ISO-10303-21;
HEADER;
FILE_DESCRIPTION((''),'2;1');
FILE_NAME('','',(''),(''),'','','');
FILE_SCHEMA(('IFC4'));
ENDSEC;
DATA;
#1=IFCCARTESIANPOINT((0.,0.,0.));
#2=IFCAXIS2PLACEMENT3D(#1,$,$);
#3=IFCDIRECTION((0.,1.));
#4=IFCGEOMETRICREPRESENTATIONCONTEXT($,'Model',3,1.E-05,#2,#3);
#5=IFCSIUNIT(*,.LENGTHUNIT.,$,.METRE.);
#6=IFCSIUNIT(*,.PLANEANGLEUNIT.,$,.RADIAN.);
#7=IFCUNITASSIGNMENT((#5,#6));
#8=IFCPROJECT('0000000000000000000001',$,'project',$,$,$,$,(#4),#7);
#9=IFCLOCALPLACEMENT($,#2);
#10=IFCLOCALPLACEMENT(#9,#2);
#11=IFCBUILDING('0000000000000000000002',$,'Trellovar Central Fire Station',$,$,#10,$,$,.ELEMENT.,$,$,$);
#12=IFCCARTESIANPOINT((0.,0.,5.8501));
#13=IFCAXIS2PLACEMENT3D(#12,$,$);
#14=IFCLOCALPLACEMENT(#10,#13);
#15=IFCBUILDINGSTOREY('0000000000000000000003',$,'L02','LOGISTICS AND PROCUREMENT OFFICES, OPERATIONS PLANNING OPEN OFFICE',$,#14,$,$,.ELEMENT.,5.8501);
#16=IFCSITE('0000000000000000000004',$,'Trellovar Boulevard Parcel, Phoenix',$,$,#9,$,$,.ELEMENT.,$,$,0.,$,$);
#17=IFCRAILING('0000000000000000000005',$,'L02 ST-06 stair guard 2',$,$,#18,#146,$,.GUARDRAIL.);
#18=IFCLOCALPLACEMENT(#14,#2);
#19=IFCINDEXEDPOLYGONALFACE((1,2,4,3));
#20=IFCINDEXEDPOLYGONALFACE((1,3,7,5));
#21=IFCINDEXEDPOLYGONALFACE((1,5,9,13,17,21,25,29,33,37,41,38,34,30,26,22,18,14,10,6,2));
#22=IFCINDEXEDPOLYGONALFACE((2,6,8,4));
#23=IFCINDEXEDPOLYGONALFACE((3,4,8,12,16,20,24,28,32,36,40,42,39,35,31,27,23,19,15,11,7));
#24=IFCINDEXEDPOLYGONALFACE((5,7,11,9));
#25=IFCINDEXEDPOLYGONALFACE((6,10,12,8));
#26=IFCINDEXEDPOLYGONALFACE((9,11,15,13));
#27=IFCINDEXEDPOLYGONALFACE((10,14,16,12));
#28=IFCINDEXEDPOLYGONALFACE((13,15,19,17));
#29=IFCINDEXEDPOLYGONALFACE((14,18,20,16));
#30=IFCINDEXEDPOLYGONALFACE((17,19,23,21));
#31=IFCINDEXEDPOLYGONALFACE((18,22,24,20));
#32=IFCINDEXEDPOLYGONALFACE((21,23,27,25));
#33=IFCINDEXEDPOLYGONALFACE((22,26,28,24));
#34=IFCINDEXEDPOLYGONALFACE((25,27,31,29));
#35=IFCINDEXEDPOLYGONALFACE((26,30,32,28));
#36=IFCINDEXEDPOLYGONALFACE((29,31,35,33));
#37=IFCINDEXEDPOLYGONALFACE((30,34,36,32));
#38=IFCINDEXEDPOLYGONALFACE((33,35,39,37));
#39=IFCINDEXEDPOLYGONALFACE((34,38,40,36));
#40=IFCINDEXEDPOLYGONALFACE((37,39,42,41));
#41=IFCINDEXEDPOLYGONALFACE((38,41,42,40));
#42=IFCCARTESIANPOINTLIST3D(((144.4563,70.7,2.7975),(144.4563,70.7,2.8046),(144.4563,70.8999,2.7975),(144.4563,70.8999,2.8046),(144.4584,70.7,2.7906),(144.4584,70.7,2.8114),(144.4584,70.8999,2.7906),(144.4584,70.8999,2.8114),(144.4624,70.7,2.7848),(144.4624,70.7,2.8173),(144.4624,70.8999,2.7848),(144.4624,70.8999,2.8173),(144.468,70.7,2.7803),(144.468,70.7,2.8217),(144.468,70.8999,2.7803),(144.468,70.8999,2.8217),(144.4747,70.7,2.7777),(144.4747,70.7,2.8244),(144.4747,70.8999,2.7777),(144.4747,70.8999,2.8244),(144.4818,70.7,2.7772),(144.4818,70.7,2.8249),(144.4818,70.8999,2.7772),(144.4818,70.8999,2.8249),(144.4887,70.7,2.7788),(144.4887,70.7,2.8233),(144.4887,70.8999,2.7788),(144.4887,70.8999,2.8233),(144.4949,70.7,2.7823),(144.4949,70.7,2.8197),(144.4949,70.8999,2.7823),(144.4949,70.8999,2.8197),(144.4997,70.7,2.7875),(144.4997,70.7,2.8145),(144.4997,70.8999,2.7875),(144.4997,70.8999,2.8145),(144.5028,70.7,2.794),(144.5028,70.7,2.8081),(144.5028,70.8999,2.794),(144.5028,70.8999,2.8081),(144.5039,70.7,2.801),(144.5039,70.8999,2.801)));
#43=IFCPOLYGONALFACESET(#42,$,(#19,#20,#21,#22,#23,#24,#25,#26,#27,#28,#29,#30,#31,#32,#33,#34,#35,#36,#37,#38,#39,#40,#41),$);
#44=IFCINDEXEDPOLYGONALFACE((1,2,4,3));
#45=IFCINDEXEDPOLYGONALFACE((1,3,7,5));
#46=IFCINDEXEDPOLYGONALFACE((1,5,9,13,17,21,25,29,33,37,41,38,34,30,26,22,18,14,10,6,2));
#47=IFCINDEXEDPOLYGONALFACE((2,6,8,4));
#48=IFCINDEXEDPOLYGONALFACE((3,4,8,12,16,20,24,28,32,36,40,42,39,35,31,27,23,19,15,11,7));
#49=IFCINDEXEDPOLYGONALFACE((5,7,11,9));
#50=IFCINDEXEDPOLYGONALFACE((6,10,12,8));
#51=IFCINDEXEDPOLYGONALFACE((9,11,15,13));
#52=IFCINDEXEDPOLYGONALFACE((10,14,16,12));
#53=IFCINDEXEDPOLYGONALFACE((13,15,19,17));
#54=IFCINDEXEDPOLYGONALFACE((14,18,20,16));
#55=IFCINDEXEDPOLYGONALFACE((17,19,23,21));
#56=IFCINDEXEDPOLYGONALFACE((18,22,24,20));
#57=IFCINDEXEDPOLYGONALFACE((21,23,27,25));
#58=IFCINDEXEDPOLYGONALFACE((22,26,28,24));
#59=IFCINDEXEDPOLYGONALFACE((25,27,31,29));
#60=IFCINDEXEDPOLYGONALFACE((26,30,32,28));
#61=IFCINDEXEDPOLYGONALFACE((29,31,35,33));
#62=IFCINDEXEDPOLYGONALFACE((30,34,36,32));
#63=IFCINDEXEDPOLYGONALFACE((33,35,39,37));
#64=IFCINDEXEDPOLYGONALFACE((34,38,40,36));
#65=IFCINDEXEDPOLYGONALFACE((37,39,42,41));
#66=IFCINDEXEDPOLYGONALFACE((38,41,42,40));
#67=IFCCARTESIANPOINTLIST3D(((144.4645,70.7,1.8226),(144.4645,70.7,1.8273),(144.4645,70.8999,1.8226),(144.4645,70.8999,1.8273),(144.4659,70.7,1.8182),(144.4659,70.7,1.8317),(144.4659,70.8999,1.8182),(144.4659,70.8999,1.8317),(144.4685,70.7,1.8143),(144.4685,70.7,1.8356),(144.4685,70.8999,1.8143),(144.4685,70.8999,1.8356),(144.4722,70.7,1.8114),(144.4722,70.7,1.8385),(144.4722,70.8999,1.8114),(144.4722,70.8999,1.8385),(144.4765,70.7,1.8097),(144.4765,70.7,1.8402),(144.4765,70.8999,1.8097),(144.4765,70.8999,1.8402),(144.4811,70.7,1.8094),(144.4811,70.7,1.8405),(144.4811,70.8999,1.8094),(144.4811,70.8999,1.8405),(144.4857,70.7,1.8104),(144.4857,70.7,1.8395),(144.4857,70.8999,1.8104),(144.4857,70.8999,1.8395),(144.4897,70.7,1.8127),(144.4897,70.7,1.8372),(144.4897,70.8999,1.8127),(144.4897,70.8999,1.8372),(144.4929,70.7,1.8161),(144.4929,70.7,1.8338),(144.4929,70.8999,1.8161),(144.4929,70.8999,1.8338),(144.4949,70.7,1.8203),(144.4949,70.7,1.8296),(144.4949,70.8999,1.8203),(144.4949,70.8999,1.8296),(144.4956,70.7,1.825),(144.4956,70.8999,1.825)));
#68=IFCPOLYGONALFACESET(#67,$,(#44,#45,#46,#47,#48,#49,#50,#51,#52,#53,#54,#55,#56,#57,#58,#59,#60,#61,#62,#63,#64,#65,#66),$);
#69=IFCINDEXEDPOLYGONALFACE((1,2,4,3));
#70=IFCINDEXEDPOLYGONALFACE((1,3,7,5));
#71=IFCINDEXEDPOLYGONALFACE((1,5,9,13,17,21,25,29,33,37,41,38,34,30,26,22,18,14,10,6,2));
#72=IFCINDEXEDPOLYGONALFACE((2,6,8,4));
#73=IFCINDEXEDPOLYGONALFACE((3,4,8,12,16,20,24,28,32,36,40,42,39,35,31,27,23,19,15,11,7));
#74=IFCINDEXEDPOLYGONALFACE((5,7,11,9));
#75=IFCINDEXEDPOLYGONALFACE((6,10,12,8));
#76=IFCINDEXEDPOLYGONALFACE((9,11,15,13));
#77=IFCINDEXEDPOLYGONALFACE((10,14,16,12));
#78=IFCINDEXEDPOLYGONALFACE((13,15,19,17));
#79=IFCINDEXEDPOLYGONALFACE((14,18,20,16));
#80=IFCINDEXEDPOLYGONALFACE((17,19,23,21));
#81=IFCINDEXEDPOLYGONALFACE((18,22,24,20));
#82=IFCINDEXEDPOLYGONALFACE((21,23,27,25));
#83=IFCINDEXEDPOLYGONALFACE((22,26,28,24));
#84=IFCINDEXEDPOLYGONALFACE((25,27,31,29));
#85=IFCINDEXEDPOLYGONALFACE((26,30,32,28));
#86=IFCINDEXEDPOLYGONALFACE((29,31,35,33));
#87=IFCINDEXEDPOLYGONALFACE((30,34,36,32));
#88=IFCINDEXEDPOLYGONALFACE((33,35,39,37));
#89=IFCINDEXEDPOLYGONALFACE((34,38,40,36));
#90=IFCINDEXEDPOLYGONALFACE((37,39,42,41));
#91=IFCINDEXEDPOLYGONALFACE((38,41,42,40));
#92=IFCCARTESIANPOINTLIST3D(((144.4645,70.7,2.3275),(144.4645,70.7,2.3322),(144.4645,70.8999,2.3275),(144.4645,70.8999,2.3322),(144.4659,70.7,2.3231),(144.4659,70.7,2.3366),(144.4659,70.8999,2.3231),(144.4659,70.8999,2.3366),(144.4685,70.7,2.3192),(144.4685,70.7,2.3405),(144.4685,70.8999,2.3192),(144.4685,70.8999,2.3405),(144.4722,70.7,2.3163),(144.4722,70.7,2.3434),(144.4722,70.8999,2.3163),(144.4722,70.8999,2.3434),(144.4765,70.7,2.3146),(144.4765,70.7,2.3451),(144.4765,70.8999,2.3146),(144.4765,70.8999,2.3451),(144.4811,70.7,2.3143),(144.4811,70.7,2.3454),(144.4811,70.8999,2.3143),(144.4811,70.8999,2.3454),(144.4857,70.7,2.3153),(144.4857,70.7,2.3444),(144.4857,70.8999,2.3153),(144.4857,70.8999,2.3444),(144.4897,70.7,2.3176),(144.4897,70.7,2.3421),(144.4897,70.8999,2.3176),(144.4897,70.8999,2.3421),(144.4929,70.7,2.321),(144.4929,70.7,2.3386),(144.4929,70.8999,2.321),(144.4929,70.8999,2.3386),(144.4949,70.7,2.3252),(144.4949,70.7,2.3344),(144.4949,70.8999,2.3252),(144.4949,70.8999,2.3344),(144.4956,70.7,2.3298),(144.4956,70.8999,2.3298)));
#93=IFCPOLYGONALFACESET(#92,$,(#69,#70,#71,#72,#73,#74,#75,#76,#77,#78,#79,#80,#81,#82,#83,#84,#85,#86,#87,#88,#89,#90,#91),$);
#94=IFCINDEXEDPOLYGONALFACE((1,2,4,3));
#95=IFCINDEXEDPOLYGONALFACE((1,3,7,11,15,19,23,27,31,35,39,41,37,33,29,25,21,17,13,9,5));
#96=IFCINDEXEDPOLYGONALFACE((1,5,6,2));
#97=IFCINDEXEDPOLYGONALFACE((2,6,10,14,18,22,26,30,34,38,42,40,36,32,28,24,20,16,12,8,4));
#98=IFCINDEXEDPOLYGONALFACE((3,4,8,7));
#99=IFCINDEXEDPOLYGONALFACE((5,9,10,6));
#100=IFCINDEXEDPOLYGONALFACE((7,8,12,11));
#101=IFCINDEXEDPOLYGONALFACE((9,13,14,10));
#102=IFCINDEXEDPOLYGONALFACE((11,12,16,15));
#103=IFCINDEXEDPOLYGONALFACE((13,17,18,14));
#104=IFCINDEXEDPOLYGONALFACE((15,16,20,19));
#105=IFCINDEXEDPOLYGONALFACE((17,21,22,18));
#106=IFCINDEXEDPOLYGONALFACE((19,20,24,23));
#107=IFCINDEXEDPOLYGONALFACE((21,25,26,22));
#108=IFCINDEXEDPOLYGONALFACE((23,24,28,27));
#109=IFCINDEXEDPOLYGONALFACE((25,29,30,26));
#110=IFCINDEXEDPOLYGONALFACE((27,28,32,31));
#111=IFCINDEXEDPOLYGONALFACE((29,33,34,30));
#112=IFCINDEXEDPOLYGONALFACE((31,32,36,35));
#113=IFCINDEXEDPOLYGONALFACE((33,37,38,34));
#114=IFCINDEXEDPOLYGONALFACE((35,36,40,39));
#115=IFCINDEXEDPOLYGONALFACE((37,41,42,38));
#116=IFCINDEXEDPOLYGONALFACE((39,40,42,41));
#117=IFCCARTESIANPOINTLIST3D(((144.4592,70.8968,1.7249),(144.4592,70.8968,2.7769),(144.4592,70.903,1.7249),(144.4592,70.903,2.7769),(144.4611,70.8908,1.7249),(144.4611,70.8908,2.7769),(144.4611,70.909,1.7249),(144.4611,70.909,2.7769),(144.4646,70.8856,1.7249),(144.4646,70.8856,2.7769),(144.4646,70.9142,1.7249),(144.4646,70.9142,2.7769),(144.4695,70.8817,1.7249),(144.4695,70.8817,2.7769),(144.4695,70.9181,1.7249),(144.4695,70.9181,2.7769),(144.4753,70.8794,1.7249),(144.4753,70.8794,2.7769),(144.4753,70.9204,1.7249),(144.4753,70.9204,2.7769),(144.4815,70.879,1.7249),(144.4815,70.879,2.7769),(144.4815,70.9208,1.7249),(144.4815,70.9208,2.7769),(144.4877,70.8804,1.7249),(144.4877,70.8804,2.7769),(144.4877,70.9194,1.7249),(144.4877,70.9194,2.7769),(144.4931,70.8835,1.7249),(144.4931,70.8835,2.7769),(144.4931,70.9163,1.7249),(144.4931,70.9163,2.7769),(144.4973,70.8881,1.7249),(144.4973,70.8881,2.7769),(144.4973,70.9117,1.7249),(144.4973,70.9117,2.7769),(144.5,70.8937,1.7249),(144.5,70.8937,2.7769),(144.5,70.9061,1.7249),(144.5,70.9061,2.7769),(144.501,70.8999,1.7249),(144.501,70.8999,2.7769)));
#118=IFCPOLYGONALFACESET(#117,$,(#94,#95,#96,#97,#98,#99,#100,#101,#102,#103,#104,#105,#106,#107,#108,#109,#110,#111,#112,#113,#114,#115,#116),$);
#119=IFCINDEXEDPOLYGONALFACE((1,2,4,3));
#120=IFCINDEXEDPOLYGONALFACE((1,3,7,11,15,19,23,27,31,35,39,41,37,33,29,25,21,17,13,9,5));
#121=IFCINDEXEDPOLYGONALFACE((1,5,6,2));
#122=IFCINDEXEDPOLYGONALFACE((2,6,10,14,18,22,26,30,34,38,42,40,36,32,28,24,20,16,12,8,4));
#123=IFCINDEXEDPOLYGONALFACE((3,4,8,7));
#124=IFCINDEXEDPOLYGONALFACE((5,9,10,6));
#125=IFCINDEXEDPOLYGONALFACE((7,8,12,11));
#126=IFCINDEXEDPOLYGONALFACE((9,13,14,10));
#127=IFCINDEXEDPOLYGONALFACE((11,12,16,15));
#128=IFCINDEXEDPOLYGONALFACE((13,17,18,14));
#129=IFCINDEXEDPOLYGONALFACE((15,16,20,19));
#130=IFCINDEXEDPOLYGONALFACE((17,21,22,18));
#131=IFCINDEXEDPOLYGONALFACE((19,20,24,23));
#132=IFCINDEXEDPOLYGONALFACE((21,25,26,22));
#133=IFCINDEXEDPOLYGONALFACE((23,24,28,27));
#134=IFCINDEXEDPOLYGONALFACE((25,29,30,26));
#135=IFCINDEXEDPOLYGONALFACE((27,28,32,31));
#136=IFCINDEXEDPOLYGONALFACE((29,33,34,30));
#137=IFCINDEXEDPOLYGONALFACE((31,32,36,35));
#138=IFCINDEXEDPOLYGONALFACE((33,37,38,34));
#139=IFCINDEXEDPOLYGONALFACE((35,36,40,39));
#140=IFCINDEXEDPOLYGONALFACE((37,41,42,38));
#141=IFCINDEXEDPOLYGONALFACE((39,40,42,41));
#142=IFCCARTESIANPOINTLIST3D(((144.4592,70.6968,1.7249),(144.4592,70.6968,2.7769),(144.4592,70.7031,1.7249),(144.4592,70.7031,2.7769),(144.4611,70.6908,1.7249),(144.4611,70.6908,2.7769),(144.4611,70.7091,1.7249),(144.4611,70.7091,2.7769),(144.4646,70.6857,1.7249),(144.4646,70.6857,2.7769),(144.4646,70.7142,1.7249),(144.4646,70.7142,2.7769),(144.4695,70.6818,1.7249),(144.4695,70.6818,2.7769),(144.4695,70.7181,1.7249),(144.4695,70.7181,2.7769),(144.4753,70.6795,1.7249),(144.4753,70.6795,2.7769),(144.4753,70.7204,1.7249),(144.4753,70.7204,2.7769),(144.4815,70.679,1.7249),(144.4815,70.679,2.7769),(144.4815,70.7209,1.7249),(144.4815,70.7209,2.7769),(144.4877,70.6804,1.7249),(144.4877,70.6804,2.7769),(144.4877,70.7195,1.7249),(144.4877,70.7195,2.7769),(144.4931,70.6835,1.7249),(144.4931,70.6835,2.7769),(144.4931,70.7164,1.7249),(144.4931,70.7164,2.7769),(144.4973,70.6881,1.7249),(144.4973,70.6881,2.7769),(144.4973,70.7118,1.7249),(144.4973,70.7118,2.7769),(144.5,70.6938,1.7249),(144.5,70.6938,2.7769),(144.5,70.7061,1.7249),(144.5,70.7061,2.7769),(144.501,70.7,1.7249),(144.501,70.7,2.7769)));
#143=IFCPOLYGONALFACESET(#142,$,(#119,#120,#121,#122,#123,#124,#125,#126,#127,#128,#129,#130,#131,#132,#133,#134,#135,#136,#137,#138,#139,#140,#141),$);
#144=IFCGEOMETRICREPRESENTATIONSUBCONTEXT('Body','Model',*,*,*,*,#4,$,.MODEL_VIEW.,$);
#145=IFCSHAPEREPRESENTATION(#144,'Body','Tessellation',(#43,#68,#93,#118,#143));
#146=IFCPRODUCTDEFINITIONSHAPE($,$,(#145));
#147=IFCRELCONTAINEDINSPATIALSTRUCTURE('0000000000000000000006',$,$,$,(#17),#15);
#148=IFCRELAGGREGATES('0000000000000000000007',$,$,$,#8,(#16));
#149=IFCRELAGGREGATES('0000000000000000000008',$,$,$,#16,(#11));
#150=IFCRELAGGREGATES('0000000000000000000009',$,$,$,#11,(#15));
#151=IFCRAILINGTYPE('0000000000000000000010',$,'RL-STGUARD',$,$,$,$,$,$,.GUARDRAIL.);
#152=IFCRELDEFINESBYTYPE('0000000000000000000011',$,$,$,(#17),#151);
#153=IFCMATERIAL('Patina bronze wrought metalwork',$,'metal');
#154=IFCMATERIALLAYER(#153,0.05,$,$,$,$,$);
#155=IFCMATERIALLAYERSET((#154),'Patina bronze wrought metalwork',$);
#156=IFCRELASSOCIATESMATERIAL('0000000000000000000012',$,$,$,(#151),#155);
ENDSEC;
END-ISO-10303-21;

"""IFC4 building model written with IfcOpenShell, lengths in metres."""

from ifc_helpers import new_model, si_unit, direction, frame, origin, origin_2d, place, context, subcontext, project, spatial, circle, extrude, material, layer, layer_set, type_object, element, save


model = new_model("IFC4")

# Units and contexts
model_context = context("Model", 3, precision=1e-05, world=origin(), true_north=direction((0.0, 1.0)))
body_context = subcontext(model_context, "Body", "Model", "MODEL_VIEW")
ifc_project = project(units=[si_unit("LENGTHUNIT", "METRE"), si_unit("PLANEANGLEUNIT", "RADIAN")], contexts=[model_context])

# Site, building, storey
site_placement = place(None, origin())
site = spatial("IfcSite", under=ifc_project, at=site_placement, Name="Trellovar Boulevard Parcel, Phoenix", CompositionType="ELEMENT", RefElevation=0.0)
building_placement = place(site_placement, origin())
building = spatial("IfcBuilding", under=site, at=building_placement, Name="Trellovar Central Fire Station", CompositionType="ELEMENT")
storey_placement = place(building_placement, frame((0.0, 0.0, 5.8501)))
storey = spatial("IfcBuildingStorey", under=building, at=storey_placement, Name="L02", Description="LOGISTICS AND PROCUREMENT OFFICES, OPERATIONS PLANNING OPEN OFFICE", CompositionType="ELEMENT", Elevation=5.8501)

# Railing
ifc_material_1 = material(Name="Patina bronze wrought metalwork", Category="metal")
ifc_layer_1 = layer(ifc_material_1, 0.05)
ifc_layer_set_1 = layer_set([ifc_layer_1], Name="Patina bronze wrought metalwork")
railing_type_1 = type_object("IfcRailingType", Name="RL-STGUARD", PredefinedType="GUARDRAIL", material=ifc_layer_set_1)
railing_1_placement = place(storey_placement, frame((144.48, 70.8999, 1.7249)))
element("IfcRailing", 1, at=railing_1_placement, inside=storey, type_object=railing_type_1, Name="L02 ST-06 stair guard 2", PredefinedType="GUARDRAIL", context=body_context, shape_type="SweptSolid", body=[
    extrude(circle(Radius=0.0239, at=origin_2d()), frame((0.0, 0.0, 1.0762), z_axis=(0.0, -1.0, 0.0), x_axis=(1.0, 0.0, 0.0)), (0.0, 0.0, 1.0), 0.2),
    extrude(circle(Radius=0.0156, at=origin_2d()), frame((0.0, 0.0, 0.1001), z_axis=(0.0, -1.0, 0.0), x_axis=(1.0, 0.0, 0.0)), (0.0, 0.0, 1.0), 0.2),
    extrude(circle(Radius=0.0156, at=origin_2d()), frame((0.0, 0.0, 0.605), z_axis=(0.0, -1.0, 0.0), x_axis=(1.0, 0.0, 0.0)), (0.0, 0.0, 1.0), 0.2),
    extrude(circle(Radius=0.021, at=origin_2d()), origin(), (0.0, 0.0, 1.0), 1.052),
    extrude(circle(Radius=0.021, at=origin_2d()), frame((0.0, -0.2, 0.0)), (0.0, 0.0, 1.0), 1.052),
])

save(model, "model.ifc")
